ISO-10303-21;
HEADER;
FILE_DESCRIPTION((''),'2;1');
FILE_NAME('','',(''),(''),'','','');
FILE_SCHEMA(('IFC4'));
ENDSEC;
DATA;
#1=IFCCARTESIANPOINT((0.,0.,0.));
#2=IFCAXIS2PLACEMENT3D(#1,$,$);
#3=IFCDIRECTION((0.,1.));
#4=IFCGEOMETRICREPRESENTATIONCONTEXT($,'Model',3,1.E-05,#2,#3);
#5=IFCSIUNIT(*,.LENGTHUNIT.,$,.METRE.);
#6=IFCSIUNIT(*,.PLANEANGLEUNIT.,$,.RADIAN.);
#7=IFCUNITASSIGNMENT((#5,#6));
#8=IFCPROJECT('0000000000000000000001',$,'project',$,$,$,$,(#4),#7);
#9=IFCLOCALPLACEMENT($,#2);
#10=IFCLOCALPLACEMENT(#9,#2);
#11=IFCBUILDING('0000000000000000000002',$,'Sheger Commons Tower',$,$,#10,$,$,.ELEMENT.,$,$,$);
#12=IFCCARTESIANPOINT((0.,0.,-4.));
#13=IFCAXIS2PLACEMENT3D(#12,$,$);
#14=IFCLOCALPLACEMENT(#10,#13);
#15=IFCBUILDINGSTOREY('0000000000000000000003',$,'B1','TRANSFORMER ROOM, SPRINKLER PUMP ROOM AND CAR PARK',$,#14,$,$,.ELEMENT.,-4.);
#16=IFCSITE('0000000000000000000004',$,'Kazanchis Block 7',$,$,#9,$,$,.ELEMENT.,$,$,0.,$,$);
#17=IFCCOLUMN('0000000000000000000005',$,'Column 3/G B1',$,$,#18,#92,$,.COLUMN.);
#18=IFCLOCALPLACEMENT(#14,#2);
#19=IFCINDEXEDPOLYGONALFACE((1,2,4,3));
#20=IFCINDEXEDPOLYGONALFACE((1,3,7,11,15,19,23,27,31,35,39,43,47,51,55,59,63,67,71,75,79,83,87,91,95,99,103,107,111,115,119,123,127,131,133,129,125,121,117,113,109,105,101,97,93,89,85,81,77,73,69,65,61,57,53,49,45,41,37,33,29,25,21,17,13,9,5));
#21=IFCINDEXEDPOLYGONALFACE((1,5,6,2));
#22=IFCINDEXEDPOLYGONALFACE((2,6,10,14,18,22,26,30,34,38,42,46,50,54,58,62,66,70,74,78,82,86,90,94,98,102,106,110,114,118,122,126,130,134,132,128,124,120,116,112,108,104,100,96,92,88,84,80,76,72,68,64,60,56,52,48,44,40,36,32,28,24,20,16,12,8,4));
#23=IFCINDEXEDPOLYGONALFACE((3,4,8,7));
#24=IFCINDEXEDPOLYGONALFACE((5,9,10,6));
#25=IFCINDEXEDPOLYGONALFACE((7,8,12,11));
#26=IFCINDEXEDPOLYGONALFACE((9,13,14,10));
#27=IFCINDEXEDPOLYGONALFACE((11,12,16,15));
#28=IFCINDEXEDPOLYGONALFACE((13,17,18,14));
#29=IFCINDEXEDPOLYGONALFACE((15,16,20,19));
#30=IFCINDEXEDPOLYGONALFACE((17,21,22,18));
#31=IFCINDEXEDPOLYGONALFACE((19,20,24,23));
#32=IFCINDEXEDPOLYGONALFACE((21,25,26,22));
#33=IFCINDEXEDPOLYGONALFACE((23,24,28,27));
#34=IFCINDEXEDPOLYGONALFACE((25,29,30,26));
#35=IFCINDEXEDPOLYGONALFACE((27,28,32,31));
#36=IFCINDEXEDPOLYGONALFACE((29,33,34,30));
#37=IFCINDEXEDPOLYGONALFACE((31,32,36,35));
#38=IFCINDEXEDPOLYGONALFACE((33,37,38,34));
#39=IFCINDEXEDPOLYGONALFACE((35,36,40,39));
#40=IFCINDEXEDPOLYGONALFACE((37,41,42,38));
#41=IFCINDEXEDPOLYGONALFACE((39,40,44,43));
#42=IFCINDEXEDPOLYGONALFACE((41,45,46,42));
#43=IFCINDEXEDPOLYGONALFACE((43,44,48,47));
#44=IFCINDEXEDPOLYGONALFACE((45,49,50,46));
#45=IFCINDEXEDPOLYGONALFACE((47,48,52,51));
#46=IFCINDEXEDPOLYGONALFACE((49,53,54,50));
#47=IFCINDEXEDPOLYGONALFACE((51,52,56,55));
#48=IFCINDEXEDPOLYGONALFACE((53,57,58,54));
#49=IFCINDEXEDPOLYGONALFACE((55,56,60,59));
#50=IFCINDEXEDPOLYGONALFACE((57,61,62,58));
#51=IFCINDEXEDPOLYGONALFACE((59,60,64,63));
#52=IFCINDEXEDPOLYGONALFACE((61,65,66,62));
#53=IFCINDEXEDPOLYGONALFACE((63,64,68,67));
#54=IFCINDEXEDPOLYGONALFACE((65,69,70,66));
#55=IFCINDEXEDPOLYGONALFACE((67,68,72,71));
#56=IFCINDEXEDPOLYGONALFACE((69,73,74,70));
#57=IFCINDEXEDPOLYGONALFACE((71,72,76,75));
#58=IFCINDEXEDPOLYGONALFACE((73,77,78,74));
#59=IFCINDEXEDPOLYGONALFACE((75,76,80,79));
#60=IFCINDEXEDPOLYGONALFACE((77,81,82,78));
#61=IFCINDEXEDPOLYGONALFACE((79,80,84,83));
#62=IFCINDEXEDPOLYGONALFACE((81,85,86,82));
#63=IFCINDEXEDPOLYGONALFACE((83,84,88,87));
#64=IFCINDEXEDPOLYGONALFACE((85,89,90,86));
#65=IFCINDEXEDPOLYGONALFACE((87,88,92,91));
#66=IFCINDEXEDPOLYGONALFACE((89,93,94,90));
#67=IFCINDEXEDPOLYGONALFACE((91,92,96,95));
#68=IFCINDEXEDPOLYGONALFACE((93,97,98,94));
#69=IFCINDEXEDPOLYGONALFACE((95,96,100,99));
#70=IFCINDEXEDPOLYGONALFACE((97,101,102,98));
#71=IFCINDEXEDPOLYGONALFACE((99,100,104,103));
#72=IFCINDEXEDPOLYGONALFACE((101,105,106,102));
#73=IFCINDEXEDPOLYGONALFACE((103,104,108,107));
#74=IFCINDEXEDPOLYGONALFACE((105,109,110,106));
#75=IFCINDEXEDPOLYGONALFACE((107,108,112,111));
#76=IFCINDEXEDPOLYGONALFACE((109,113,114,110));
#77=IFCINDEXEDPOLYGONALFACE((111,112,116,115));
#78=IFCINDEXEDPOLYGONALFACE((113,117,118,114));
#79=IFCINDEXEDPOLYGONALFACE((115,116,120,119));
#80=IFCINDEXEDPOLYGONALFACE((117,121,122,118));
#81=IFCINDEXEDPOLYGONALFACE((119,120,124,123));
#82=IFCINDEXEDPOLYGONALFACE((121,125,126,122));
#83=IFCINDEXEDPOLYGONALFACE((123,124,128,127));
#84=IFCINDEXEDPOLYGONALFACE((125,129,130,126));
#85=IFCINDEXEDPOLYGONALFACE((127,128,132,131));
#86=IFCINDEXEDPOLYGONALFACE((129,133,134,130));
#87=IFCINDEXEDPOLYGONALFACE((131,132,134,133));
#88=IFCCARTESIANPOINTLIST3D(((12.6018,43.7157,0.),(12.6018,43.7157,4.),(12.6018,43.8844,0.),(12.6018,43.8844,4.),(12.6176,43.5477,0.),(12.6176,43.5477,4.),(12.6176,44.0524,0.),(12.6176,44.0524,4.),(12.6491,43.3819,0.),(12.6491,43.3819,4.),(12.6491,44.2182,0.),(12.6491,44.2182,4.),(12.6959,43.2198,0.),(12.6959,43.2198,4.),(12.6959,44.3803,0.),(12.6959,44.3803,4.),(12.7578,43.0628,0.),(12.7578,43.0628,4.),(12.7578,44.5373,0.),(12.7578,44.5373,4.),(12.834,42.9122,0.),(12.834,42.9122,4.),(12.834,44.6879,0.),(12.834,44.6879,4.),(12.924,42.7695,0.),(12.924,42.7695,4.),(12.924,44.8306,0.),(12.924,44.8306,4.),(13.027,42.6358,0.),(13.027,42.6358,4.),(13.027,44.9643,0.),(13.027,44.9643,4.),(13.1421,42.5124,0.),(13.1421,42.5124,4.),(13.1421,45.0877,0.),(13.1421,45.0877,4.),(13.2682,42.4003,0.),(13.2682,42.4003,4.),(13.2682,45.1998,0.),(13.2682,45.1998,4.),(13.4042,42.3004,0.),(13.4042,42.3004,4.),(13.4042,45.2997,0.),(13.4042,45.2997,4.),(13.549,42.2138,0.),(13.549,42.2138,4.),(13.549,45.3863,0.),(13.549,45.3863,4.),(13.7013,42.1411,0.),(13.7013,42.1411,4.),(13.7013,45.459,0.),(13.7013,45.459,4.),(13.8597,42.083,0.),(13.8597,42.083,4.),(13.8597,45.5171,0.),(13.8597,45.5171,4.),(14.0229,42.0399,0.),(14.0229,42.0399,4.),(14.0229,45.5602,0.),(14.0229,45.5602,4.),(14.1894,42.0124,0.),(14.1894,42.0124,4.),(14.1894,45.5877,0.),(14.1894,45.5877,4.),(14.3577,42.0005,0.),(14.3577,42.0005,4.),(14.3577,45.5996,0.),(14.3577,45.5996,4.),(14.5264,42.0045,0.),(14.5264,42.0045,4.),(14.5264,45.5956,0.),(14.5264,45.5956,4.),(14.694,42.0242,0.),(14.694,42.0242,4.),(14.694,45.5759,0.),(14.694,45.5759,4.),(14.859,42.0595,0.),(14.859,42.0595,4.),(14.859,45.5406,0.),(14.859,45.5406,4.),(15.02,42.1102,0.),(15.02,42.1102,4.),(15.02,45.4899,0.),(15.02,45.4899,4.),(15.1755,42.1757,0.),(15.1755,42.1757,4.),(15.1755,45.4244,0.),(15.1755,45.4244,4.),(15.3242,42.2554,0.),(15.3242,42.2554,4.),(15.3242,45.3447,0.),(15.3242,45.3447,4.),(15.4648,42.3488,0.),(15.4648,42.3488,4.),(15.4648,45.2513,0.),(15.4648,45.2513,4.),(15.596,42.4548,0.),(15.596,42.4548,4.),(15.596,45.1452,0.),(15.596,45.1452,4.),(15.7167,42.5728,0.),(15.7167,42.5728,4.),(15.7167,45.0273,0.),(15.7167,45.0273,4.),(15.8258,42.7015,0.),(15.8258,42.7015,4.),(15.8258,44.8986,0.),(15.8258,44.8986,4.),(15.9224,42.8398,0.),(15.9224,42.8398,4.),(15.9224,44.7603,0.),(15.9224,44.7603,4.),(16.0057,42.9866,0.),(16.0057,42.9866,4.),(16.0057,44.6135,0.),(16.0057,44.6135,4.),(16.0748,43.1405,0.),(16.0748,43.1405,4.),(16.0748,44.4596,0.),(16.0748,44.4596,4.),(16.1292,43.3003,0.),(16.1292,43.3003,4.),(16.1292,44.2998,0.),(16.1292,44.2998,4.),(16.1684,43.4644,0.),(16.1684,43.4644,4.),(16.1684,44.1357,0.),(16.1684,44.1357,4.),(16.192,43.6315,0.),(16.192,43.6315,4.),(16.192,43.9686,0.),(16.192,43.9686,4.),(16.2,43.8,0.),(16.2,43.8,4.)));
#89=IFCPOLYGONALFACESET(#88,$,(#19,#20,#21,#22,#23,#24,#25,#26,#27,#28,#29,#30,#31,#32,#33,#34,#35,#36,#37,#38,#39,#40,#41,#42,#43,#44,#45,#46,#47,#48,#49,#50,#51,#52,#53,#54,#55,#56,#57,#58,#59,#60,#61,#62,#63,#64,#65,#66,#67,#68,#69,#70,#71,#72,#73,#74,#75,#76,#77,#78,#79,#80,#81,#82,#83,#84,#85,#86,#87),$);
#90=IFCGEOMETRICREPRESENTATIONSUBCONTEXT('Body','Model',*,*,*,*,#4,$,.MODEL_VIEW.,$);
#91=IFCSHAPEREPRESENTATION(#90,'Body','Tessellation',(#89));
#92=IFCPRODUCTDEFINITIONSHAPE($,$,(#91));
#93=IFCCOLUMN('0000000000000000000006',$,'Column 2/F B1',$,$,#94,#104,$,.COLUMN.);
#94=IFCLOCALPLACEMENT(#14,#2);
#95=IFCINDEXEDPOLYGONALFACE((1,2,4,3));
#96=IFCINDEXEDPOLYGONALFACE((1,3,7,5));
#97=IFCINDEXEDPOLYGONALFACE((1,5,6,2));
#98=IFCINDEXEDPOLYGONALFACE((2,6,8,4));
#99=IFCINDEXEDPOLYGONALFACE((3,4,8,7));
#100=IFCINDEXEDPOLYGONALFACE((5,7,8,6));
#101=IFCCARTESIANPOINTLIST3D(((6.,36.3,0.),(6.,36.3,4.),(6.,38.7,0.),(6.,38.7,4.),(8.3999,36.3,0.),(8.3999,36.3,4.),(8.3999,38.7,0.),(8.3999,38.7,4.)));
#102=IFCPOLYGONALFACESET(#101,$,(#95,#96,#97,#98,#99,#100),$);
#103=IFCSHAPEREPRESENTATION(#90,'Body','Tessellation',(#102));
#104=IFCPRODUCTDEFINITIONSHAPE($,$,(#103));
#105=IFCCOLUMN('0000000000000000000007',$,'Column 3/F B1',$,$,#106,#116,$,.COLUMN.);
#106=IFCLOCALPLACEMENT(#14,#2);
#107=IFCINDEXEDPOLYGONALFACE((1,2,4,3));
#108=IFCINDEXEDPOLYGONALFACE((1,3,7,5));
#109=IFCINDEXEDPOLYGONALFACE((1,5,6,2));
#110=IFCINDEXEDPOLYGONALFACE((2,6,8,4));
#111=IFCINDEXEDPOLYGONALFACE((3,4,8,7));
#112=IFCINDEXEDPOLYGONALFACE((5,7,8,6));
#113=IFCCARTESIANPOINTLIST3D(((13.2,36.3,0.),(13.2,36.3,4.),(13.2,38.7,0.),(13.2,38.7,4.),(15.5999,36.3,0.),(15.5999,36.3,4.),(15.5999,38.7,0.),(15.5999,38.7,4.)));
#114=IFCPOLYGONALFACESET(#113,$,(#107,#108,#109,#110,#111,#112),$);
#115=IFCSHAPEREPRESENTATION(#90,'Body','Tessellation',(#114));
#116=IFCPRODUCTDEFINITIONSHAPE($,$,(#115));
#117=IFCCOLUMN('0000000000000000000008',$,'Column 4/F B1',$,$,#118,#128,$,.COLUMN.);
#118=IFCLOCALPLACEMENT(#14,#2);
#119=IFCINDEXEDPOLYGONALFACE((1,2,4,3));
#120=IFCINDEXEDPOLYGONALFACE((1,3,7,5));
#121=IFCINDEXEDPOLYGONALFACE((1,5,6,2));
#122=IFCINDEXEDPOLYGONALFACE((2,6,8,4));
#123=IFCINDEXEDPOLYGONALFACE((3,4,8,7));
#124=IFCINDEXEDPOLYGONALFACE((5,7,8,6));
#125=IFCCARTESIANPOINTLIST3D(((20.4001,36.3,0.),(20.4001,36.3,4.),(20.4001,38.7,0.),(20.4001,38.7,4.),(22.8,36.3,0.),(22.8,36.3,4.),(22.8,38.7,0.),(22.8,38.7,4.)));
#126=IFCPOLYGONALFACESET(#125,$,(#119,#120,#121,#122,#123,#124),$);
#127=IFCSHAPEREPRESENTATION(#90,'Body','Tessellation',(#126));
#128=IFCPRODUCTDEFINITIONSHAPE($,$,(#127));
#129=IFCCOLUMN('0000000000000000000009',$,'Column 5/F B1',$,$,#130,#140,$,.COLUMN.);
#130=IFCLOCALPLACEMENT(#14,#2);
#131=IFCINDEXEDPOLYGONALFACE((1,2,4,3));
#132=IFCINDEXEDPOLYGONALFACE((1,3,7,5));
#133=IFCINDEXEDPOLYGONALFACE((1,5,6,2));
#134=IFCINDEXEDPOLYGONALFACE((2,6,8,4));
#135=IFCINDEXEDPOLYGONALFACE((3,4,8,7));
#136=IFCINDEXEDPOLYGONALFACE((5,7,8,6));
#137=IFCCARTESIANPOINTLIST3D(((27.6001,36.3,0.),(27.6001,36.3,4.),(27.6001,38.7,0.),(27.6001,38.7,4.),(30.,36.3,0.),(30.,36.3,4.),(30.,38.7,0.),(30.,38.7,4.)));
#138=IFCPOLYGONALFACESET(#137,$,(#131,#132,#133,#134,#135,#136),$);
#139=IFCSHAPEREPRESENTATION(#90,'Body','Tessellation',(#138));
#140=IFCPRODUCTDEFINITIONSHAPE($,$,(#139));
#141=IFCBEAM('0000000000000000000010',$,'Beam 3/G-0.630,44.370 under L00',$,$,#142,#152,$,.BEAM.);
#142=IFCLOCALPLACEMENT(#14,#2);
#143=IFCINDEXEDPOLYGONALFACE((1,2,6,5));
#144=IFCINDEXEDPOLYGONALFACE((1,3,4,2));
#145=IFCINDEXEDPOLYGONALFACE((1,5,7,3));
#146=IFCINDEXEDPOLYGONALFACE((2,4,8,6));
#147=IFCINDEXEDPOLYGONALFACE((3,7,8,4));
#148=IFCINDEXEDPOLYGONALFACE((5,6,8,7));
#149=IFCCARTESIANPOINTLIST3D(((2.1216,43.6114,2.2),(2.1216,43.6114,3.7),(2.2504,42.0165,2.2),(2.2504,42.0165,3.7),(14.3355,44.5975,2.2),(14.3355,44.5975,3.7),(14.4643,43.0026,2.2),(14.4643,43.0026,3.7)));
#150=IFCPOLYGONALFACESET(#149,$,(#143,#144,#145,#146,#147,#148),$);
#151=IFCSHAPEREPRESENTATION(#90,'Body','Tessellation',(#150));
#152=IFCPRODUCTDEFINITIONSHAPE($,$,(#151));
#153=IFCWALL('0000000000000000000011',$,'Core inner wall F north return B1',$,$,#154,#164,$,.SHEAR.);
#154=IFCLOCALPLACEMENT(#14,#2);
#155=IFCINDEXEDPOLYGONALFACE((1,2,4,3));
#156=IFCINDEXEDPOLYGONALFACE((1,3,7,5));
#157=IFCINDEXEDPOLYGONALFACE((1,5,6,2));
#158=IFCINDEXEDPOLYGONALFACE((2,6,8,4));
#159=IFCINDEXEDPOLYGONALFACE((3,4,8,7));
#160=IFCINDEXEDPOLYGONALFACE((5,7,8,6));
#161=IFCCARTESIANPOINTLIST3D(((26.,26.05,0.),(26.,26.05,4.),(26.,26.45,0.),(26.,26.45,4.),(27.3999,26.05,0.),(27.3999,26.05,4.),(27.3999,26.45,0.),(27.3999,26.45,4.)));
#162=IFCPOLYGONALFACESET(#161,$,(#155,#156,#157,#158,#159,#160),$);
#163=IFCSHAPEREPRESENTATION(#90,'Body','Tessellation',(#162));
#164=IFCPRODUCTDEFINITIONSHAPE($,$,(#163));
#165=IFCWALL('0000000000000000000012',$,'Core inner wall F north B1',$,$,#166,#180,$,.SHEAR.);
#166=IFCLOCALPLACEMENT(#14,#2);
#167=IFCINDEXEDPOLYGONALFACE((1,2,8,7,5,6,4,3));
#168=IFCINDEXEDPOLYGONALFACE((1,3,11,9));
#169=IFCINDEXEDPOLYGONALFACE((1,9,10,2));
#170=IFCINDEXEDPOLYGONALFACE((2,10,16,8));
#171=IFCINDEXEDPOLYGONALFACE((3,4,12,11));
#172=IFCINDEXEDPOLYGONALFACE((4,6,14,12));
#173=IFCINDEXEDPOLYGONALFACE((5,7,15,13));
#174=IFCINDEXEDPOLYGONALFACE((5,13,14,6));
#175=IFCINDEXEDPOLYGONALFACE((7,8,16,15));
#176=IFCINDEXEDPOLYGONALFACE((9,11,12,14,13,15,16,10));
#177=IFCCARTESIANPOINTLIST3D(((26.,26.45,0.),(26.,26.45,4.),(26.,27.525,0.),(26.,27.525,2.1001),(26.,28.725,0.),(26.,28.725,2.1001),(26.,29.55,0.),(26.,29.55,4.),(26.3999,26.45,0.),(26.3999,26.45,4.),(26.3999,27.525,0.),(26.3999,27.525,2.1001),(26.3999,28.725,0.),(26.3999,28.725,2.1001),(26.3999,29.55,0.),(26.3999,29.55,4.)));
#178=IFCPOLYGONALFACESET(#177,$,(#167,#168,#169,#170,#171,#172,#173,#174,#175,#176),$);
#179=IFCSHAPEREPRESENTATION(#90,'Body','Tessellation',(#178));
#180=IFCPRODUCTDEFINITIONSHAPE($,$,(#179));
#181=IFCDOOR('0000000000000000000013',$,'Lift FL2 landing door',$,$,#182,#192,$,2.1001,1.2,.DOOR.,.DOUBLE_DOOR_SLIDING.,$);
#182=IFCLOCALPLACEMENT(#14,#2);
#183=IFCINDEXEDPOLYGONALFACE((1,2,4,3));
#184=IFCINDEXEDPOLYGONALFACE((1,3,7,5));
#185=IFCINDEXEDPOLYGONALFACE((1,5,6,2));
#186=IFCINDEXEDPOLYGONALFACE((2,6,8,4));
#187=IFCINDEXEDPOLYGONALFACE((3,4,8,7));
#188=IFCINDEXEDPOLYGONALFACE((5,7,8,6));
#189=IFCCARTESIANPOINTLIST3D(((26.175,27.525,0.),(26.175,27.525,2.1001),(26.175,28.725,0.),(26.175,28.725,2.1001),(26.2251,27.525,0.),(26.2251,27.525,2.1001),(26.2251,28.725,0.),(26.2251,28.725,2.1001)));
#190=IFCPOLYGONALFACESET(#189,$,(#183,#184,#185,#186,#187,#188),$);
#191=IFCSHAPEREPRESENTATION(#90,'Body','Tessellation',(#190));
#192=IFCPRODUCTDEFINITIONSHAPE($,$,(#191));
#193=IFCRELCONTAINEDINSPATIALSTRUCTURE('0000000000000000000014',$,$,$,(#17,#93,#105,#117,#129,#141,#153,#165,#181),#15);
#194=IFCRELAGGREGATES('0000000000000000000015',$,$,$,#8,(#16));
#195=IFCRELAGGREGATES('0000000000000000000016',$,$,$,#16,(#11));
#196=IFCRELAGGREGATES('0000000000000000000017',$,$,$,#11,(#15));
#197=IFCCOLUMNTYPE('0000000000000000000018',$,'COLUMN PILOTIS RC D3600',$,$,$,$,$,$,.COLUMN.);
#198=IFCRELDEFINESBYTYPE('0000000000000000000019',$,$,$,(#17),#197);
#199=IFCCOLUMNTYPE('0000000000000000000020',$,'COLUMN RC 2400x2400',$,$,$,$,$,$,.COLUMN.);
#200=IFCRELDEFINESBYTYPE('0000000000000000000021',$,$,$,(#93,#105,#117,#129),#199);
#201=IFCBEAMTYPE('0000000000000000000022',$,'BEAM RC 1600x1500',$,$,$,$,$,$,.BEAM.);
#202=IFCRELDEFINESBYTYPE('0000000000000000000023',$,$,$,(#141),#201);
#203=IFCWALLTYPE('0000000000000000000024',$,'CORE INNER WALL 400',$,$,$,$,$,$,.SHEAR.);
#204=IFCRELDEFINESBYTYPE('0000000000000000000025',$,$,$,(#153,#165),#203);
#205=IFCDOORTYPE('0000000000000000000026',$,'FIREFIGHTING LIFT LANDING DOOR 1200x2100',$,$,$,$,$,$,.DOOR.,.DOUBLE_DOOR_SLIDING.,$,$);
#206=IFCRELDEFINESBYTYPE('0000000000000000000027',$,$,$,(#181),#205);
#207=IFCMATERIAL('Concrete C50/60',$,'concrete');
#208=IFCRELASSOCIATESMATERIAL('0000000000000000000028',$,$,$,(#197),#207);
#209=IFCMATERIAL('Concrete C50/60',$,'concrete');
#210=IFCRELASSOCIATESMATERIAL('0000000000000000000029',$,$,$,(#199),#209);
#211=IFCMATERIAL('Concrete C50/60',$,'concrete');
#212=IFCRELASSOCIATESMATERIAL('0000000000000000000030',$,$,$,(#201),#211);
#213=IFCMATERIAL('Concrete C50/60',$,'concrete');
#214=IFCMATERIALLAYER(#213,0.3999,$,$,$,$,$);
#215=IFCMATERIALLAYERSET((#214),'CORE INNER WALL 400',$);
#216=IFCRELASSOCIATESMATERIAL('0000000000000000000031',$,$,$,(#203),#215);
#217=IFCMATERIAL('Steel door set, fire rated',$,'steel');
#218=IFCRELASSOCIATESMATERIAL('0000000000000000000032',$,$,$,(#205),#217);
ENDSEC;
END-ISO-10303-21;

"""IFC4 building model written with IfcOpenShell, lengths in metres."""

from ifc_helpers import new_model, si_unit, direction, frame, frame_2d, origin, origin_2d, place, context, subcontext, project, spatial, rectangle, circle, extrude, material, layer, layer_set, material_profile, profile_set, type_object, element, fill, save


model = new_model("IFC4")

# Units and contexts
model_context = context("Model", 3, precision=1e-05, world=origin(), true_north=direction((0.0, 1.0)))
body_context = subcontext(model_context, "Body", "Model", "MODEL_VIEW")
ifc_project = project(units=[si_unit("LENGTHUNIT", "METRE"), si_unit("PLANEANGLEUNIT", "RADIAN")], contexts=[model_context])

# Site, building, storey
site_placement = place(None, origin())
site = spatial("IfcSite", under=ifc_project, at=site_placement, Name="Kazanchis Block 7", CompositionType="ELEMENT", RefElevation=0.0)
building_placement = place(site_placement, origin())
building = spatial("IfcBuilding", under=site, at=building_placement, Name="Sheger Commons Tower", CompositionType="ELEMENT")
storey_placement = place(building_placement, frame((0.0, 0.0, -4.0)))
storey = spatial("IfcBuildingStorey", under=building, at=storey_placement, Name="B1", Description="TRANSFORMER ROOM, SPRINKLER PUMP ROOM AND CAR PARK", CompositionType="ELEMENT", Elevation=-4.0)

# Columns
ifc_material_1 = material(Name="Concrete C50/60", Category="concrete")
ifc_material_profile_1 = material_profile(ifc_material_1, circle(Radius=1.8, at=origin_2d()), Name="RC D3600")
ifc_profile_set_1 = profile_set([ifc_material_profile_1], Name="Concrete C50/60")
column_type_1 = type_object("IfcColumnType", Name="COLUMN PILOTIS RC D3600", PredefinedType="COLUMN", material=ifc_profile_set_1)
column_placement = place(storey_placement, frame((14.3999, 43.8, 0.0), z_axis=(0.0, 0.0, 1.0), x_axis=(1.0, 0.0, 0.0)))
element("IfcColumn", 1, at=column_placement, inside=storey, type_object=column_type_1, Name="Column 3/G B1", PredefinedType="COLUMN", context=body_context, shape_type="SweptSolid", body=[
    extrude(circle(Radius=1.8, at=origin_2d()), origin(), (0.0, 0.0, 1.0), 4.0),
])
ifc_material_2 = material(Name="Concrete C50/60", Category="concrete")
ifc_material_profile_2 = material_profile(ifc_material_2, rectangle(XDim=2.3999, YDim=2.3999, at=origin_2d()), Name="RC 2400x2400")
ifc_profile_set_2 = profile_set([ifc_material_profile_2], Name="Concrete C50/60")
column_type_2 = type_object("IfcColumnType", Name="COLUMN RC 2400x2400", PredefinedType="COLUMN", material=ifc_profile_set_2)
for number, where, z_axis, x_axis, name in (
    (2, (7.2, 37.5, 0.0), (0.0, 0.0, 1.0), (1.0, 0.0, 0.0), "Column 2/F B1"),
    (3, (14.3999, 37.5, 0.0), (0.0, 0.0, 1.0), (1.0, 0.0, 0.0), "Column 3/F B1"),
    (4, (21.6001, 37.5, 0.0), (0.0, 0.0, 1.0), (1.0, 0.0, 0.0), "Column 4/F B1"),
    (5, (28.8, 37.5, 0.0), (0.0, 0.0, 1.0), (1.0, 0.0, 0.0), "Column 5/F B1"),
):
    element("IfcColumn", number, at=place(storey_placement, frame(where, z_axis=z_axis, x_axis=x_axis)), inside=storey, type_object=column_type_2, Name=name, PredefinedType="COLUMN", context=body_context, shape_type="SweptSolid", body=[
        extrude(rectangle(XDim=2.3999, YDim=2.3999, at=origin_2d()), origin(), (0.0, 0.0, 1.0), 4.0),
    ])

# Beam
ifc_material_3 = material(Name="Concrete C50/60", Category="concrete")
ifc_material_profile_3 = material_profile(ifc_material_3, rectangle(XDim=1.6001, YDim=1.5, at=origin_2d()), Name="RC 1600x1500")
ifc_profile_set_3 = profile_set([ifc_material_profile_3], Name="Concrete C50/60")
beam_type = type_object("IfcBeamType", Name="BEAM RC 1600x1500", PredefinedType="BEAM", material=ifc_profile_set_3)
beam_placement = place(storey_placement, frame((14.3999, 43.8, 2.95), z_axis=(-0.996757, -0.080473, 0.0), x_axis=(0.080473, -0.996757, 0.0)))
element("IfcBeam", 6, at=beam_placement, inside=storey, type_object=beam_type, Name="Beam 3/G-0.630,44.370 under L00", PredefinedType="BEAM", context=body_context, shape_type="SweptSolid", body=[
    extrude(rectangle(XDim=1.6001, YDim=1.5, at=origin_2d()), origin(), (0.0, 0.0, 1.0), 12.2537),
])

# Wall
ifc_material_4 = material(Name="Concrete C50/60", Category="concrete")
ifc_layer_1 = layer(ifc_material_4, 0.3999)
ifc_layer_set_1 = layer_set([ifc_layer_1], Name="CORE INNER WALL 400")
wall_type_1 = type_object("IfcWallType", Name="CORE INNER WALL 400", PredefinedType="SHEAR", material=ifc_layer_set_1)
wall_1_placement = place(storey_placement, frame((26.0, 26.25, 0.0), z_axis=(0.0, 0.0, 1.0), x_axis=(1.0, 0.0, 0.0)))
element("IfcWall", 7, at=wall_1_placement, inside=storey, type_object=wall_type_1, Name="Core inner wall F north return B1", PredefinedType="SHEAR", context=body_context, shape_type="SweptSolid", body=[
    extrude(rectangle(XDim=1.3999, YDim=0.3999, at=frame_2d((0.7, 0.0))), origin(), (0.0, 0.0, 1.0), 4.0),
])

# Wall, opening, door
wall_2_placement = place(storey_placement, frame((26.2, 26.45, 0.0), z_axis=(0.0, 0.0, 1.0), x_axis=(0.0, 1.0, 0.0)))
wall_2 = element("IfcWall", 8, at=wall_2_placement, inside=storey, type_object=wall_type_1, Name="Core inner wall F north B1", PredefinedType="SHEAR", context=body_context, shape_type="SweptSolid", body=[
    extrude(rectangle(XDim=3.1001, YDim=0.3999, at=frame_2d((1.55, 0.0))), origin(), (0.0, 0.0, 1.0), 4.0),
])
opening_1_placement = place(wall_2_placement, frame((1.075, 0.0, 0.0)))
opening_1 = element("IfcOpeningElement", 9, at=opening_1_placement, cuts=wall_2, PredefinedType="OPENING", context=body_context, shape_type="SweptSolid", body=[
    extrude(rectangle(XDim=1.2, YDim=2.1001, at=frame_2d((0.6001, 1.05))), frame((0.0, 0.21, 0.0), z_axis=(0.0, -1.0, 0.0), x_axis=(1.0, 0.0, 0.0)), (0.0, 0.0, 1.0), 0.4199),
])
ifc_material_5 = material(Name="Steel door set, fire rated", Category="steel")
door_type_1 = type_object("IfcDoorType", Name="FIREFIGHTING LIFT LANDING DOOR 1200x2100", OperationType="DOUBLE_DOOR_SLIDING", PredefinedType="DOOR", material=ifc_material_5)
door_1_placement = place(opening_1_placement, origin())
door_1 = element("IfcDoor", 10, at=door_1_placement, inside=storey, type_object=door_type_1, Name="Lift FL2 landing door", OperationType="DOUBLE_DOOR_SLIDING", OverallHeight=2.1001, OverallWidth=1.2, PredefinedType="DOOR", context=body_context, shape_type="SweptSolid", body=[
    extrude(rectangle(XDim=1.2, YDim=2.1001, at=frame_2d((0.6001, 1.05))), frame((0.0, 0.0249, 0.0), z_axis=(0.0, -1.0, 0.0), x_axis=(1.0, 0.0, 0.0)), (0.0, 0.0, 1.0), 0.05),
])
fill(opening_1, door_1)

save(model, "model.ifc")
